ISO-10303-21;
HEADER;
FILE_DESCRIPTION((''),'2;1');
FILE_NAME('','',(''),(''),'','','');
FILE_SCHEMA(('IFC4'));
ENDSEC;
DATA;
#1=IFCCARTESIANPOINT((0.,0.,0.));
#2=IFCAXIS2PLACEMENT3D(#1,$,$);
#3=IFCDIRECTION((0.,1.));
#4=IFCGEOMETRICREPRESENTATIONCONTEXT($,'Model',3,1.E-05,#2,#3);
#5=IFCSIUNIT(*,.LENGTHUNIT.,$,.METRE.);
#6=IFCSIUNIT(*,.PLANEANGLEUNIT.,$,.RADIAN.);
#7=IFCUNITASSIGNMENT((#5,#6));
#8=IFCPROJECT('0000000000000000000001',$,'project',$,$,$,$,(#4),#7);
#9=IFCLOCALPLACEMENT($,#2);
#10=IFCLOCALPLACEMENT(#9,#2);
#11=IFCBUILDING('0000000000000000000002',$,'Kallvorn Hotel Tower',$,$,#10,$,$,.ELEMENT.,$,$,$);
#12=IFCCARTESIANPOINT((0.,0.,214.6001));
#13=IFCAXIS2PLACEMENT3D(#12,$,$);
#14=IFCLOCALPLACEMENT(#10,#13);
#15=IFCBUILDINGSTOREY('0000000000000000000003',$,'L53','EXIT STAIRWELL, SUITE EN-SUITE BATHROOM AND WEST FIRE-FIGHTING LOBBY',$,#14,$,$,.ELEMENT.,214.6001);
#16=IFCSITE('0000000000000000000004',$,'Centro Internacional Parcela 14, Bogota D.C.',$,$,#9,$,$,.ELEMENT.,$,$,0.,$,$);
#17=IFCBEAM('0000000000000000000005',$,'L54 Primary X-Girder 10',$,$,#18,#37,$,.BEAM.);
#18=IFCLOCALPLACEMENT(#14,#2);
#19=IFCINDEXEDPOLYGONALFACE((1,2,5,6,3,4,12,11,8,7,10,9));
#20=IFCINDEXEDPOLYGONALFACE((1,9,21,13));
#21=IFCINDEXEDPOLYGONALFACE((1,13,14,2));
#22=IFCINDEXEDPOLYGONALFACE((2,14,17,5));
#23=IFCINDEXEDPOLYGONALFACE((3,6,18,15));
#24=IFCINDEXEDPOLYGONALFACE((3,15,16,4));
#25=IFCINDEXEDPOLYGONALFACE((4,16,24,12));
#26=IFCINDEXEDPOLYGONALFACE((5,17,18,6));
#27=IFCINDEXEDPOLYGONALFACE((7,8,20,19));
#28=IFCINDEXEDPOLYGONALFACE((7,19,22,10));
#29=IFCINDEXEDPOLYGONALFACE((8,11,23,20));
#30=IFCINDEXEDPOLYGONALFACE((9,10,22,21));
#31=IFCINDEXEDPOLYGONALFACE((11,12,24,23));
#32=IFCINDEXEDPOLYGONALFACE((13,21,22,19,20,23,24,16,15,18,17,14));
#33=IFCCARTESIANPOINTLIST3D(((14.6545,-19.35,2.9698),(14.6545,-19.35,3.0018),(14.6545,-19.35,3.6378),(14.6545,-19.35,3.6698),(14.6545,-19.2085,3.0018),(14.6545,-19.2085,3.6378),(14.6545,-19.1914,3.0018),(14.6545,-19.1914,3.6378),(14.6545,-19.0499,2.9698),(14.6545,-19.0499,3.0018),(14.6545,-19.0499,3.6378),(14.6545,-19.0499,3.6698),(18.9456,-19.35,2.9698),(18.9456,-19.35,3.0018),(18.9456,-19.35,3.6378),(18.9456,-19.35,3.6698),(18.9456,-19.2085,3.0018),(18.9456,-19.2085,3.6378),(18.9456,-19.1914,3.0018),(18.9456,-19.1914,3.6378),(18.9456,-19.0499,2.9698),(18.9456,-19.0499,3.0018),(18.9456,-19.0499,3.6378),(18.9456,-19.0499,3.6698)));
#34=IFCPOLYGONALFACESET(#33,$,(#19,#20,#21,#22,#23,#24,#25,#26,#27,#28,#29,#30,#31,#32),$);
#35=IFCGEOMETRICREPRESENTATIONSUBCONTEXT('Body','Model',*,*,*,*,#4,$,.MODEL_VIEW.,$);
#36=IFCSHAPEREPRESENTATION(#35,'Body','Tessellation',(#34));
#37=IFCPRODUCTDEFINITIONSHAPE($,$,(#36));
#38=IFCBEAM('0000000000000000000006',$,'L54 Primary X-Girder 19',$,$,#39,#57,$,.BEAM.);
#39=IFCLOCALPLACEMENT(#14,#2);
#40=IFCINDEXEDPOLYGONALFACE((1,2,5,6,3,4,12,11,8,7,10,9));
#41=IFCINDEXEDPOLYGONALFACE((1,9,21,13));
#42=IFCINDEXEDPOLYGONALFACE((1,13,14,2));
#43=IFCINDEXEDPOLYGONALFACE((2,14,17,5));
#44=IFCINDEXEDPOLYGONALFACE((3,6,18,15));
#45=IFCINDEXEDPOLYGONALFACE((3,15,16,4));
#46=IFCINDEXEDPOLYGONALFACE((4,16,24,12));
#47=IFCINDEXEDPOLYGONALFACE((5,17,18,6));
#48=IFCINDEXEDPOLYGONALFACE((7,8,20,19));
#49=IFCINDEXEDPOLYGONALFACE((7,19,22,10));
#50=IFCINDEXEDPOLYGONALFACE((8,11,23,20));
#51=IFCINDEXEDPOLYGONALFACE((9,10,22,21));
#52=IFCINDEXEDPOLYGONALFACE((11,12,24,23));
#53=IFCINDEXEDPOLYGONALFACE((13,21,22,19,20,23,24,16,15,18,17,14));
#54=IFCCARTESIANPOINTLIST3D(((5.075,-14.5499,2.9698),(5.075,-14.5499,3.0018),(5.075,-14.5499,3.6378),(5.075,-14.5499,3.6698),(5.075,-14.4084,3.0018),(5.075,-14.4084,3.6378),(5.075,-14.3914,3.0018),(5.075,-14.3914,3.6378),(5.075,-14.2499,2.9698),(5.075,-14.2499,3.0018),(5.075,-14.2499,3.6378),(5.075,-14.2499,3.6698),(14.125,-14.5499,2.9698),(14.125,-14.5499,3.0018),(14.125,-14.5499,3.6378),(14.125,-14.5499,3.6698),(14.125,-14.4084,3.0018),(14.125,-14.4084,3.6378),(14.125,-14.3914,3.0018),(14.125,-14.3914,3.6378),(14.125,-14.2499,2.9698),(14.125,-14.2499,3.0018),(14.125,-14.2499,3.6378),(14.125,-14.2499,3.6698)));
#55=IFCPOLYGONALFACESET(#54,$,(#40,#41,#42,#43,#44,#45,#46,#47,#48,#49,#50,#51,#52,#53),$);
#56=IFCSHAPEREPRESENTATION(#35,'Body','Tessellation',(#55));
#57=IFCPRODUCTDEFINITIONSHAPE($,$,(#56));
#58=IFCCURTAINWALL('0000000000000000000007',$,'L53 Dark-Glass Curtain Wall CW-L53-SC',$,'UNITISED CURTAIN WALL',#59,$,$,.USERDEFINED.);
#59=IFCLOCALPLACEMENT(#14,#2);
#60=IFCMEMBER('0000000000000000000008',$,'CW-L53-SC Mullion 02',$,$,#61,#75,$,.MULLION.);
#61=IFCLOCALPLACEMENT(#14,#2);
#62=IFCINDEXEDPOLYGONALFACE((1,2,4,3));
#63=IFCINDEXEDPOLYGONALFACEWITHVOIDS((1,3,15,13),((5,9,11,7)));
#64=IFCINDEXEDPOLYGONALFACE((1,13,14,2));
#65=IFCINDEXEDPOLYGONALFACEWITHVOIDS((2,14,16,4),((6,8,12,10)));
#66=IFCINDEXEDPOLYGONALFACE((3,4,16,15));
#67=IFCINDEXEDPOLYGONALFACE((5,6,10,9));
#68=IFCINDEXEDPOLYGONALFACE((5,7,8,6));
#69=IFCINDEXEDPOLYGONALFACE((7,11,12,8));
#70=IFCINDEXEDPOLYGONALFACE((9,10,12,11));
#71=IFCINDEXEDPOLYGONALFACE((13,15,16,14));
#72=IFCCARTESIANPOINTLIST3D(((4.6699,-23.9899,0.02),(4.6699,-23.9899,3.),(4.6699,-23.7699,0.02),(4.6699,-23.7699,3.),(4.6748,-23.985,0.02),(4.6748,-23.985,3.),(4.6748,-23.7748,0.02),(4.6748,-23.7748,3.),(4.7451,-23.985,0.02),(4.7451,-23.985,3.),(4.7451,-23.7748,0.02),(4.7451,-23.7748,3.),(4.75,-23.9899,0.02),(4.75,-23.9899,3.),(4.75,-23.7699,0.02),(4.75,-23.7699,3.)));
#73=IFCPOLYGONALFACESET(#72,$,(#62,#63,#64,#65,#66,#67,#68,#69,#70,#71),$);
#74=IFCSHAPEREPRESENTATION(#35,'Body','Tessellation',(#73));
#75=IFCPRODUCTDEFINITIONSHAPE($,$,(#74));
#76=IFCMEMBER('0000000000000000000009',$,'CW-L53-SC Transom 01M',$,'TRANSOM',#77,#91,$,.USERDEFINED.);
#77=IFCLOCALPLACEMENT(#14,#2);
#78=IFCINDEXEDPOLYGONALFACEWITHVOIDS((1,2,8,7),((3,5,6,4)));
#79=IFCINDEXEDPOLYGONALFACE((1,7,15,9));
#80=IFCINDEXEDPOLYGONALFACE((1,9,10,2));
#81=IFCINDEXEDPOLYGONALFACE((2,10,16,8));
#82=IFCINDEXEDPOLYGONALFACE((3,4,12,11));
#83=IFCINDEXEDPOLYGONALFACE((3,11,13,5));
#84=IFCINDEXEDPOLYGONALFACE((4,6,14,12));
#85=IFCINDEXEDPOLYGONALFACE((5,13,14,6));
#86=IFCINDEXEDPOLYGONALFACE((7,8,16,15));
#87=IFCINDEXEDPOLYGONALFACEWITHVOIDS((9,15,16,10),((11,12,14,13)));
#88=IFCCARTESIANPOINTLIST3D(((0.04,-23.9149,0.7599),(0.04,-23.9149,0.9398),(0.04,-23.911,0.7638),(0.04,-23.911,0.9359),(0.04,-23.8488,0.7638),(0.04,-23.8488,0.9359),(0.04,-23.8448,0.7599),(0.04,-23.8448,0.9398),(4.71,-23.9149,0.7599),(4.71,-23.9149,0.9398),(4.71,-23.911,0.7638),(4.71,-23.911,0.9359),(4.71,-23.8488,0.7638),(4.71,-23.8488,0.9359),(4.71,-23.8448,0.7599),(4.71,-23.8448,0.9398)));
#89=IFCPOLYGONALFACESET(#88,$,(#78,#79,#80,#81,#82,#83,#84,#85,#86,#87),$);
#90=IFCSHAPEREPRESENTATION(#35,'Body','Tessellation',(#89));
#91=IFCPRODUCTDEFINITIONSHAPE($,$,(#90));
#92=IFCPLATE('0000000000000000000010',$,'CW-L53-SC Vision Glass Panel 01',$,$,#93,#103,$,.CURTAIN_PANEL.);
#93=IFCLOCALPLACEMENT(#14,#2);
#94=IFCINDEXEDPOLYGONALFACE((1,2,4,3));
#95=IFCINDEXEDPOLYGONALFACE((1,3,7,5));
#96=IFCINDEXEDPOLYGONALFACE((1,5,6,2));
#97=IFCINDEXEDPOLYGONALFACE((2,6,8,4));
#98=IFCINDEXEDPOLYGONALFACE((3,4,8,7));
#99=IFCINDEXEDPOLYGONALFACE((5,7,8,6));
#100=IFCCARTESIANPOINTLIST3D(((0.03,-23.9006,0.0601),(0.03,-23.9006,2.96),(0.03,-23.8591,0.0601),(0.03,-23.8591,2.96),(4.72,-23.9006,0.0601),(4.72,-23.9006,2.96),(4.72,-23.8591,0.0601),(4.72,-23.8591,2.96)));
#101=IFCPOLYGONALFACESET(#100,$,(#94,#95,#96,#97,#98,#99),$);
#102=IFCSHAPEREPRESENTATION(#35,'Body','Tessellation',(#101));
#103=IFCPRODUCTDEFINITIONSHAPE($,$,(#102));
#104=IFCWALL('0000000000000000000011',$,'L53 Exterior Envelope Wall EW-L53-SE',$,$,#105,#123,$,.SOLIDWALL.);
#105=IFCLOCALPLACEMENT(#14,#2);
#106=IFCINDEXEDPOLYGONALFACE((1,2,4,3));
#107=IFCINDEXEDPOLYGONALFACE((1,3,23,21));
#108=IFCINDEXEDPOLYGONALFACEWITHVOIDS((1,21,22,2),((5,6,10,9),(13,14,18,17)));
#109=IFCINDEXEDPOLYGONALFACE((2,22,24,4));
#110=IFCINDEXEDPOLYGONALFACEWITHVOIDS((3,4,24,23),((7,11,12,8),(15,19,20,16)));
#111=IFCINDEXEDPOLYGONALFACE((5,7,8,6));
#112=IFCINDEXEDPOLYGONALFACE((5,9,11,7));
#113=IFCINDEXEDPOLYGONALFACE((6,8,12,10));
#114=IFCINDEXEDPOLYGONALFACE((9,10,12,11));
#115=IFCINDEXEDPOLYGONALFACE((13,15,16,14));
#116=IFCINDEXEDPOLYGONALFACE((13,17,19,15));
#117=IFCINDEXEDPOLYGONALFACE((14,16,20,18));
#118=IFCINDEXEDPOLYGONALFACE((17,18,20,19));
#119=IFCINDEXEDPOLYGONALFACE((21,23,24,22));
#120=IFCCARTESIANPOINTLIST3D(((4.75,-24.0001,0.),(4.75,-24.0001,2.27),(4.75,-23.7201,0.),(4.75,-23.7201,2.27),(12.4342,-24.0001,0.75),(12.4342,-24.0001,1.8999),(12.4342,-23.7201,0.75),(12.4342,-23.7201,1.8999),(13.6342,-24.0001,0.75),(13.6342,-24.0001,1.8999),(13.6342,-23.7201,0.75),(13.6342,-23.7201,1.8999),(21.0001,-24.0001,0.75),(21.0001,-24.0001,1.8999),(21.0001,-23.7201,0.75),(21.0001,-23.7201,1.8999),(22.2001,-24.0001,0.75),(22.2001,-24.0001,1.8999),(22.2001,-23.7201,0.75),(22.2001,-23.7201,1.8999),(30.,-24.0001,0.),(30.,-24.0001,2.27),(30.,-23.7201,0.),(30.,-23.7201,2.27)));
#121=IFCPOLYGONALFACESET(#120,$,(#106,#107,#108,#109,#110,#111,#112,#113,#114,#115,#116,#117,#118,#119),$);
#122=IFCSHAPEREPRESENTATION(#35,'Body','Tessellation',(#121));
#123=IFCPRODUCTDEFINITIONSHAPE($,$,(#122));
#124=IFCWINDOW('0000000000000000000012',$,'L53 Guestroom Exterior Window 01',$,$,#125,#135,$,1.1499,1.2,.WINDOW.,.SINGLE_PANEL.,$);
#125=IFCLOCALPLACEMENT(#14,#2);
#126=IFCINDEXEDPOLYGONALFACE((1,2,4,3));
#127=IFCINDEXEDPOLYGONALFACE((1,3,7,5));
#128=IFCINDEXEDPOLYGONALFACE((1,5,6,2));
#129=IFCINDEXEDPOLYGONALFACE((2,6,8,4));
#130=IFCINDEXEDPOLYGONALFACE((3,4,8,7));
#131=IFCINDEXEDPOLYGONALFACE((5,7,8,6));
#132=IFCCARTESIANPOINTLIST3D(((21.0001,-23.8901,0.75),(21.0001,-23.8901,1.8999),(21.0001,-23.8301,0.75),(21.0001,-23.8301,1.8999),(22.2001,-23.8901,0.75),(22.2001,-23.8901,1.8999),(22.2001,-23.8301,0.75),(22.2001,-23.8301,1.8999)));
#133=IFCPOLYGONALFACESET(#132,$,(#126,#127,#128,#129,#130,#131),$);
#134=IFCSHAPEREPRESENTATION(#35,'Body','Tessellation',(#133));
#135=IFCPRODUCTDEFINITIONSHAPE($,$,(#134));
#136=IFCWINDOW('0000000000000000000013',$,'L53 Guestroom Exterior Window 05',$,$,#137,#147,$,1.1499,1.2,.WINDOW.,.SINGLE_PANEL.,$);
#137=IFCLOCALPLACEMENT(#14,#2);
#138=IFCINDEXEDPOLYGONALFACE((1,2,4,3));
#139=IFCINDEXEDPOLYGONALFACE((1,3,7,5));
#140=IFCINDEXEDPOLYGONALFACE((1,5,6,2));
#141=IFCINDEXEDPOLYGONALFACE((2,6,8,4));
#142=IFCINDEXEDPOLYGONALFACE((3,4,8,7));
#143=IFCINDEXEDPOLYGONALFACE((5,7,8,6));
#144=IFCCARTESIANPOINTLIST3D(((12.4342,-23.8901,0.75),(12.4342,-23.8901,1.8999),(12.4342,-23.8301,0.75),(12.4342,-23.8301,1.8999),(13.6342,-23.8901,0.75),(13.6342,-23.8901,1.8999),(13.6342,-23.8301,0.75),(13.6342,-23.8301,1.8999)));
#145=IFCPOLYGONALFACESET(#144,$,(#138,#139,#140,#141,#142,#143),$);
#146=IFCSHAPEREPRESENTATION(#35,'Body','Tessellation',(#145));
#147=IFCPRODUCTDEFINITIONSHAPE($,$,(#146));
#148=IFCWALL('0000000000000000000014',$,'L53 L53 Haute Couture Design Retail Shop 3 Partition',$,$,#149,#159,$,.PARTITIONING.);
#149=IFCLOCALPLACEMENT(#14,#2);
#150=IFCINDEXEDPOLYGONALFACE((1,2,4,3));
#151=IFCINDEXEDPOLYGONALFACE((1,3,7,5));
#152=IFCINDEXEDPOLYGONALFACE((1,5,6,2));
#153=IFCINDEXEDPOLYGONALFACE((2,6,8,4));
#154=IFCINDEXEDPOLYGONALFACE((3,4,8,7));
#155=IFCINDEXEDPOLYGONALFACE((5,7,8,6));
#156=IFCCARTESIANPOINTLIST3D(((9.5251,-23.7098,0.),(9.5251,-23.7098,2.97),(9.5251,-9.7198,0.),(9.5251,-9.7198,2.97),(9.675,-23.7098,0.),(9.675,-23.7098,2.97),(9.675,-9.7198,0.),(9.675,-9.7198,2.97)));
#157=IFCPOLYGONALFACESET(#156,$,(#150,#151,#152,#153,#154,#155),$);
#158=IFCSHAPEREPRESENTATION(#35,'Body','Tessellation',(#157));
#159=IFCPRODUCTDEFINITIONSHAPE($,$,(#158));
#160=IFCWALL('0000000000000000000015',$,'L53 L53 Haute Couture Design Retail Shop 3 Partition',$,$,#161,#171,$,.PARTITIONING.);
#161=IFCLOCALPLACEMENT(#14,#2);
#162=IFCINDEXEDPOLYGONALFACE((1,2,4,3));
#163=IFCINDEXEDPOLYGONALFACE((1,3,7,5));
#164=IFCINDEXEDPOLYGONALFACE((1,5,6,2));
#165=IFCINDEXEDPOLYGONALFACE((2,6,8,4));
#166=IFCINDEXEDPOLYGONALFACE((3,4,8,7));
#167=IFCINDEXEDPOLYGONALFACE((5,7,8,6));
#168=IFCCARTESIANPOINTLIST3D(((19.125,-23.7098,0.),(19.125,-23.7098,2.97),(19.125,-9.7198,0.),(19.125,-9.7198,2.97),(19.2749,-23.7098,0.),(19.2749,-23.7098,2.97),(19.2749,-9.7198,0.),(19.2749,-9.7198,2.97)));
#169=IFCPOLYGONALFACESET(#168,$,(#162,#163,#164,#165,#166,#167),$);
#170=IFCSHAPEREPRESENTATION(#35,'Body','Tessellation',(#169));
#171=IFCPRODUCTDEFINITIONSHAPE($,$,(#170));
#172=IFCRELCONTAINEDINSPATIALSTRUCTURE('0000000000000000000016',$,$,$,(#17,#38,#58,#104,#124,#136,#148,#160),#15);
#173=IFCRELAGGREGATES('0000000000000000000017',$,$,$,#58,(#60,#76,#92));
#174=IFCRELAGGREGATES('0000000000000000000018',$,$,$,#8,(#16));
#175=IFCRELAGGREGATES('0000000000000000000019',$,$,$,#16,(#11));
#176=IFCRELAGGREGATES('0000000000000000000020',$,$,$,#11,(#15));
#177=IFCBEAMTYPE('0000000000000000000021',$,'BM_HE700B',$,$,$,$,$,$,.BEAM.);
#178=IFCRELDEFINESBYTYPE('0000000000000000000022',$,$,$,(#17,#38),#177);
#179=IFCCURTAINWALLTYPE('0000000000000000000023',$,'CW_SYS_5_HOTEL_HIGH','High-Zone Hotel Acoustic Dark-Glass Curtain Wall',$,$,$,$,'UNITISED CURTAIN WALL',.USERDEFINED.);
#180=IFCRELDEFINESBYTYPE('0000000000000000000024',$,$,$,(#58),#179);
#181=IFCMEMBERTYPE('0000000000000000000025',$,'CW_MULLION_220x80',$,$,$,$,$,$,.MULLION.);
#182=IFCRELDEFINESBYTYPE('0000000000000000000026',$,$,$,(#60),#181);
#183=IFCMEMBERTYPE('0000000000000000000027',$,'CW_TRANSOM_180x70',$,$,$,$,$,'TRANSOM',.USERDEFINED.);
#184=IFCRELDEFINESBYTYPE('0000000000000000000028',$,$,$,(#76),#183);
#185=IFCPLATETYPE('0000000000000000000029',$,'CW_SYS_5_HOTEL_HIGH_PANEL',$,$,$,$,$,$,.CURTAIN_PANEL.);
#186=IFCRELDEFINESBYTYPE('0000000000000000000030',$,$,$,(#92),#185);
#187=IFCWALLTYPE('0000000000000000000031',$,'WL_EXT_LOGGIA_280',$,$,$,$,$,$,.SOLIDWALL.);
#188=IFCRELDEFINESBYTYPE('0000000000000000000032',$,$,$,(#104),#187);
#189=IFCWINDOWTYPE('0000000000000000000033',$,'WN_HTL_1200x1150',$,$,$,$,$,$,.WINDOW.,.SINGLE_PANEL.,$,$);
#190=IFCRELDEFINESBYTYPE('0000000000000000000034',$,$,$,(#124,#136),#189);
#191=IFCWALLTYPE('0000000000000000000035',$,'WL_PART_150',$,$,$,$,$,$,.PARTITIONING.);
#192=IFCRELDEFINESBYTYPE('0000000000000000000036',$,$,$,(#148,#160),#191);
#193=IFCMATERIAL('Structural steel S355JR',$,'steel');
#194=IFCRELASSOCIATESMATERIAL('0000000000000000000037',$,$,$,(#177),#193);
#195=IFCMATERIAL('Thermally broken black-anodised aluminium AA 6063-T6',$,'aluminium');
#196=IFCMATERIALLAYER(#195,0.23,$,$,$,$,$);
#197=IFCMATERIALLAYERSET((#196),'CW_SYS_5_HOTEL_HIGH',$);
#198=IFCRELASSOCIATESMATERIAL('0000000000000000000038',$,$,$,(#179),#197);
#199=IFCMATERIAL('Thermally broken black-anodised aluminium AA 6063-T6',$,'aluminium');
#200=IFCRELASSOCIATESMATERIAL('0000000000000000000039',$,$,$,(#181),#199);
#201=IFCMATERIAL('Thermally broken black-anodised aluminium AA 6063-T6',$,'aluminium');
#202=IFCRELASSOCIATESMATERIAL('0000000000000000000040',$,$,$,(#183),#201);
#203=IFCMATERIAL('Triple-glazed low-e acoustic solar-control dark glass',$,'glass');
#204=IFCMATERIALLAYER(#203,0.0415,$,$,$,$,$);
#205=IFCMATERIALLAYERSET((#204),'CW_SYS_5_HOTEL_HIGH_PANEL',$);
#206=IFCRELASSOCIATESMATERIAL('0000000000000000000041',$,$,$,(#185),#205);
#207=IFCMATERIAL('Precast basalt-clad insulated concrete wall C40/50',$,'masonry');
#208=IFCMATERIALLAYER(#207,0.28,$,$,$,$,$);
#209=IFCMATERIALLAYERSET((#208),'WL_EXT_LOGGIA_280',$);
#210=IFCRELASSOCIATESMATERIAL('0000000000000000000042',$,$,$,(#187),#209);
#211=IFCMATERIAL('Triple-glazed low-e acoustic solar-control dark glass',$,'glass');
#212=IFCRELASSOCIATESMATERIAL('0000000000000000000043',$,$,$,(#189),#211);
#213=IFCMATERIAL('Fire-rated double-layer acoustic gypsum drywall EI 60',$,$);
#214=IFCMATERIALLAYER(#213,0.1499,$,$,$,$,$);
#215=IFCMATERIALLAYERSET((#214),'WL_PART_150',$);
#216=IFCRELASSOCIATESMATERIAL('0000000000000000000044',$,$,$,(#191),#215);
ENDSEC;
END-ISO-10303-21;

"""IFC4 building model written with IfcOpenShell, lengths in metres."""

from ifc_helpers import new_model, si_unit, direction, frame, frame_2d, origin, origin_2d, place, context, subcontext, project, spatial, rectangle, hollow_rectangle, i_section, extrude, material, layer, layer_set, material_profile, profile_set, type_object, element, fill, aggregate, save


model = new_model("IFC4")

# Units and contexts
model_context = context("Model", 3, precision=1e-05, world=origin(), true_north=direction((0.0, 1.0)))
body_context = subcontext(model_context, "Body", "Model", "MODEL_VIEW")
ifc_project = project(units=[si_unit("LENGTHUNIT", "METRE"), si_unit("PLANEANGLEUNIT", "RADIAN")], contexts=[model_context])

# Site, building, storey
site_placement = place(None, origin())
site = spatial("IfcSite", under=ifc_project, at=site_placement, Name="Centro Internacional Parcela 14, Bogota D.C.", CompositionType="ELEMENT", RefElevation=0.0)
building_placement = place(site_placement, origin())
building = spatial("IfcBuilding", under=site, at=building_placement, Name="Kallvorn Hotel Tower", CompositionType="ELEMENT")
storey_placement = place(building_placement, frame((0.0, 0.0, 214.6001)))
storey = spatial("IfcBuildingStorey", under=building, at=storey_placement, Name="L53", Description="EXIT STAIRWELL, SUITE EN-SUITE BATHROOM AND WEST FIRE-FIGHTING LOBBY", CompositionType="ELEMENT", Elevation=214.6001)

# Beams
ifc_material_1 = material(Name="Structural steel S355JR", Category="steel")
ifc_material_profile_1 = material_profile(ifc_material_1, i_section(OverallWidth=0.3, OverallDepth=0.7, WebThickness=0.0171, FlangeThickness=0.032, at=origin_2d()), Name="HE 700 B")
ifc_profile_set_1 = profile_set([ifc_material_profile_1], Name="Structural steel S355JR")
beam_type_1 = type_object("IfcBeamType", Name="BM_HE700B", PredefinedType="BEAM", material=ifc_profile_set_1)
for number, where, z_axis, x_axis, name in (
    (1, (14.6545, -19.2, 3.3198), (1.0, 0.0, 0.0), (0.0, 1.0, 0.0), "L54 Primary X-Girder 10"),
):
    element("IfcBeam", number, at=place(storey_placement, frame(where, z_axis=z_axis, x_axis=x_axis)), inside=storey, type_object=beam_type_1, Name=name, PredefinedType="BEAM", context=body_context, shape_type="SweptSolid", body=[
        extrude(i_section(OverallWidth=0.3, OverallDepth=0.7, WebThickness=0.0171, FlangeThickness=0.032, at=origin_2d()), origin(), (0.0, 0.0, 1.0), 4.291),
    ])
beam_1_placement = place(storey_placement, frame((5.075, -14.3999, 3.3198), z_axis=(1.0, 0.0, 0.0), x_axis=(0.0, 1.0, 0.0)))
element("IfcBeam", 2, at=beam_1_placement, inside=storey, type_object=beam_type_1, Name="L54 Primary X-Girder 19", PredefinedType="BEAM", context=body_context, shape_type="SweptSolid", body=[
    extrude(i_section(OverallWidth=0.3, OverallDepth=0.7, WebThickness=0.0171, FlangeThickness=0.032, at=origin_2d()), origin(), (0.0, 0.0, 1.0), 9.05),
])

# Curtain wall, members, plate
ifc_material_2 = material(Name="Thermally broken black-anodised aluminium AA 6063-T6", Category="aluminium")
ifc_layer_1 = layer(ifc_material_2, 0.23)
ifc_layer_set_1 = layer_set([ifc_layer_1], Name="CW_SYS_5_HOTEL_HIGH")
curtain_wall_type = type_object("IfcCurtainWallType", Name="CW_SYS_5_HOTEL_HIGH", Description="High-Zone Hotel Acoustic Dark-Glass Curtain Wall", ElementType="UNITISED CURTAIN WALL", PredefinedType="USERDEFINED", material=ifc_layer_set_1)
curtain_wall_placement = place(storey_placement, origin())
curtain_wall = element("IfcCurtainWall", 3, at=curtain_wall_placement, inside=storey, type_object=curtain_wall_type, Name="L53 Dark-Glass Curtain Wall CW-L53-SC", ObjectType="UNITISED CURTAIN WALL", PredefinedType="USERDEFINED")
ifc_material_3 = material(Name="Thermally broken black-anodised aluminium AA 6063-T6", Category="aluminium")
ifc_material_profile_2 = material_profile(ifc_material_3, hollow_rectangle(XDim=0.0801, YDim=0.22, WallThickness=0.0049, at=origin_2d()), Name="MUL 220x80")
ifc_profile_set_2 = profile_set([ifc_material_profile_2], Name="Thermally broken black-anodised aluminium AA 6063-T6")
member_type_1 = type_object("IfcMemberType", Name="CW_MULLION_220x80", PredefinedType="MULLION", material=ifc_profile_set_2)
member_1_placement = place(storey_placement, frame((4.71, -23.8799, 0.02), z_axis=(0.0, 0.0, 1.0), x_axis=(1.0, 0.0, 0.0)))
member_1 = element("IfcMember", 4, at=member_1_placement, type_object=member_type_1, Name="CW-L53-SC Mullion 02", PredefinedType="MULLION", context=body_context, shape_type="SweptSolid", body=[
    extrude(hollow_rectangle(XDim=0.0801, YDim=0.22, WallThickness=0.0049, at=origin_2d()), origin(), (0.0, 0.0, 1.0), 2.98),
])
ifc_material_4 = material(Name="Thermally broken black-anodised aluminium AA 6063-T6", Category="aluminium")
ifc_material_profile_3 = material_profile(ifc_material_4, hollow_rectangle(XDim=0.0701, YDim=0.1799, WallThickness=0.0039, at=origin_2d()), Name="TRN 180x70")
ifc_profile_set_3 = profile_set([ifc_material_profile_3], Name="Thermally broken black-anodised aluminium AA 6063-T6")
member_type_2 = type_object("IfcMemberType", Name="CW_TRANSOM_180x70", ElementType="TRANSOM", PredefinedType="USERDEFINED", material=ifc_profile_set_3)
member_2_placement = place(storey_placement, frame((0.04, -23.8799, 0.8499), z_axis=(1.0, 0.0, 0.0), x_axis=(0.0, 1.0, 0.0)))
member_2 = element("IfcMember", 5, at=member_2_placement, type_object=member_type_2, Name="CW-L53-SC Transom 01M", ObjectType="TRANSOM", PredefinedType="USERDEFINED", context=body_context, shape_type="SweptSolid", body=[
    extrude(hollow_rectangle(XDim=0.0701, YDim=0.1799, WallThickness=0.0039, at=origin_2d()), origin(), (0.0, 0.0, 1.0), 4.6699),
])
ifc_material_5 = material(Name="Triple-glazed low-e acoustic solar-control dark glass", Category="glass")
ifc_layer_2 = layer(ifc_material_5, 0.0415)
ifc_layer_set_2 = layer_set([ifc_layer_2], Name="CW_SYS_5_HOTEL_HIGH_PANEL")
plate_type = type_object("IfcPlateType", Name="CW_SYS_5_HOTEL_HIGH_PANEL", PredefinedType="CURTAIN_PANEL", material=ifc_layer_set_2)
plate_placement = place(storey_placement, frame((2.375, -23.8799, 0.0601), z_axis=(0.0, 0.0, 1.0), x_axis=(1.0, 0.0, 0.0)))
plate = element("IfcPlate", 6, at=plate_placement, type_object=plate_type, Name="CW-L53-SC Vision Glass Panel 01", PredefinedType="CURTAIN_PANEL", context=body_context, shape_type="SweptSolid", body=[
    extrude(rectangle(XDim=4.6899, YDim=0.0415, at=origin_2d()), origin(), (0.0, 0.0, 1.0), 2.8999),
])
aggregate(curtain_wall, [member_1, member_2, plate])

# Wall, openings, windows
ifc_material_6 = material(Name="Precast basalt-clad insulated concrete wall C40/50", Category="masonry")
ifc_layer_3 = layer(ifc_material_6, 0.28)
ifc_layer_set_3 = layer_set([ifc_layer_3], Name="WL_EXT_LOGGIA_280")
wall_type_1 = type_object("IfcWallType", Name="WL_EXT_LOGGIA_280", PredefinedType="SOLIDWALL", material=ifc_layer_set_3)
wall_placement = place(storey_placement, frame((4.75, -23.8601, 0.0), z_axis=(0.0, 0.0, 1.0), x_axis=(1.0, 0.0, 0.0)))
wall = element("IfcWall", 7, at=wall_placement, inside=storey, type_object=wall_type_1, Name="L53 Exterior Envelope Wall EW-L53-SE", PredefinedType="SOLIDWALL", context=body_context, shape_type="SweptSolid", body=[
    extrude(rectangle(XDim=25.25, YDim=0.28, at=frame_2d((12.625, 0.0))), origin(), (0.0, 0.0, 1.0), 2.27),
])
opening_1_placement = place(wall_placement, frame((16.25, 0.0, 0.75)))
opening_1 = element("IfcOpeningElement", 8, at=opening_1_placement, cuts=wall, PredefinedType="OPENING", context=body_context, shape_type="SweptSolid", body=[
    extrude(rectangle(XDim=1.2, YDim=1.1499, at=frame_2d((0.6001, 0.575))), frame((0.0, 0.155, 0.0), z_axis=(0.0, -1.0, 0.0), x_axis=(1.0, 0.0, 0.0)), (0.0, 0.0, 1.0), 0.3101),
])
opening_2_placement = place(wall_placement, frame((7.6841, 0.0, 0.75)))
opening_2 = element("IfcOpeningElement", 9, at=opening_2_placement, cuts=wall, PredefinedType="OPENING", context=body_context, shape_type="SweptSolid", body=[
    extrude(rectangle(XDim=1.2, YDim=1.1499, at=frame_2d((0.6001, 0.575))), frame((0.0, 0.155, 0.0), z_axis=(0.0, -1.0, 0.0), x_axis=(1.0, 0.0, 0.0)), (0.0, 0.0, 1.0), 0.3101),
])
ifc_material_7 = material(Name="Triple-glazed low-e acoustic solar-control dark glass", Category="glass")
window_type = type_object("IfcWindowType", Name="WN_HTL_1200x1150", PartitioningType="SINGLE_PANEL", PredefinedType="WINDOW", material=ifc_material_7)
window_1_placement = place(opening_1_placement, origin())
window_1 = element("IfcWindow", 10, at=window_1_placement, inside=storey, type_object=window_type, Name="L53 Guestroom Exterior Window 01", OverallHeight=1.1499, OverallWidth=1.2, PartitioningType="SINGLE_PANEL", PredefinedType="WINDOW", context=body_context, shape_type="SweptSolid", body=[
    extrude(rectangle(XDim=1.2, YDim=1.1499, at=frame_2d((0.6001, 0.575))), frame((0.0, 0.03, 0.0), z_axis=(0.0, -1.0, 0.0), x_axis=(1.0, 0.0, 0.0)), (0.0, 0.0, 1.0), 0.0601),
])
fill(opening_1, window_1)
window_2_placement = place(opening_2_placement, origin())
window_2 = element("IfcWindow", 11, at=window_2_placement, inside=storey, type_object=window_type, Name="L53 Guestroom Exterior Window 05", OverallHeight=1.1499, OverallWidth=1.2, PartitioningType="SINGLE_PANEL", PredefinedType="WINDOW", context=body_context, shape_type="SweptSolid", body=[
    extrude(rectangle(XDim=1.2, YDim=1.1499, at=frame_2d((0.6001, 0.575))), frame((0.0, 0.03, 0.0), z_axis=(0.0, -1.0, 0.0), x_axis=(1.0, 0.0, 0.0)), (0.0, 0.0, 1.0), 0.0601),
])
fill(opening_2, window_2)

# Walls
ifc_material_8 = material(Name="Fire-rated double-layer acoustic gypsum drywall EI 60")
ifc_layer_4 = layer(ifc_material_8, 0.1499)
ifc_layer_set_4 = layer_set([ifc_layer_4], Name="WL_PART_150")
wall_type_2 = type_object("IfcWallType", Name="WL_PART_150", PredefinedType="PARTITIONING", material=ifc_layer_set_4)
for number, where, z_axis, x_axis, name in (
    (12, (9.6001, -23.71, 0.0), (0.0, 0.0, 1.0), (0.0, 1.0, 0.0), "L53 L53 Haute Couture Design Retail Shop 3 Partition"),
    (13, (19.2, -23.71, 0.0), (0.0, 0.0, 1.0), (0.0, 1.0, 0.0), "L53 L53 Haute Couture Design Retail Shop 3 Partition"),
):
    element("IfcWall", number, at=place(storey_placement, frame(where, z_axis=z_axis, x_axis=x_axis)), inside=storey, type_object=wall_type_2, Name=name, PredefinedType="PARTITIONING", context=body_context, shape_type="SweptSolid", body=[
        extrude(rectangle(XDim=13.99, YDim=0.1499, at=frame_2d((6.9951, 0.0))), origin(), (0.0, 0.0, 1.0), 2.97),
    ])

save(model, "model.ifc")
